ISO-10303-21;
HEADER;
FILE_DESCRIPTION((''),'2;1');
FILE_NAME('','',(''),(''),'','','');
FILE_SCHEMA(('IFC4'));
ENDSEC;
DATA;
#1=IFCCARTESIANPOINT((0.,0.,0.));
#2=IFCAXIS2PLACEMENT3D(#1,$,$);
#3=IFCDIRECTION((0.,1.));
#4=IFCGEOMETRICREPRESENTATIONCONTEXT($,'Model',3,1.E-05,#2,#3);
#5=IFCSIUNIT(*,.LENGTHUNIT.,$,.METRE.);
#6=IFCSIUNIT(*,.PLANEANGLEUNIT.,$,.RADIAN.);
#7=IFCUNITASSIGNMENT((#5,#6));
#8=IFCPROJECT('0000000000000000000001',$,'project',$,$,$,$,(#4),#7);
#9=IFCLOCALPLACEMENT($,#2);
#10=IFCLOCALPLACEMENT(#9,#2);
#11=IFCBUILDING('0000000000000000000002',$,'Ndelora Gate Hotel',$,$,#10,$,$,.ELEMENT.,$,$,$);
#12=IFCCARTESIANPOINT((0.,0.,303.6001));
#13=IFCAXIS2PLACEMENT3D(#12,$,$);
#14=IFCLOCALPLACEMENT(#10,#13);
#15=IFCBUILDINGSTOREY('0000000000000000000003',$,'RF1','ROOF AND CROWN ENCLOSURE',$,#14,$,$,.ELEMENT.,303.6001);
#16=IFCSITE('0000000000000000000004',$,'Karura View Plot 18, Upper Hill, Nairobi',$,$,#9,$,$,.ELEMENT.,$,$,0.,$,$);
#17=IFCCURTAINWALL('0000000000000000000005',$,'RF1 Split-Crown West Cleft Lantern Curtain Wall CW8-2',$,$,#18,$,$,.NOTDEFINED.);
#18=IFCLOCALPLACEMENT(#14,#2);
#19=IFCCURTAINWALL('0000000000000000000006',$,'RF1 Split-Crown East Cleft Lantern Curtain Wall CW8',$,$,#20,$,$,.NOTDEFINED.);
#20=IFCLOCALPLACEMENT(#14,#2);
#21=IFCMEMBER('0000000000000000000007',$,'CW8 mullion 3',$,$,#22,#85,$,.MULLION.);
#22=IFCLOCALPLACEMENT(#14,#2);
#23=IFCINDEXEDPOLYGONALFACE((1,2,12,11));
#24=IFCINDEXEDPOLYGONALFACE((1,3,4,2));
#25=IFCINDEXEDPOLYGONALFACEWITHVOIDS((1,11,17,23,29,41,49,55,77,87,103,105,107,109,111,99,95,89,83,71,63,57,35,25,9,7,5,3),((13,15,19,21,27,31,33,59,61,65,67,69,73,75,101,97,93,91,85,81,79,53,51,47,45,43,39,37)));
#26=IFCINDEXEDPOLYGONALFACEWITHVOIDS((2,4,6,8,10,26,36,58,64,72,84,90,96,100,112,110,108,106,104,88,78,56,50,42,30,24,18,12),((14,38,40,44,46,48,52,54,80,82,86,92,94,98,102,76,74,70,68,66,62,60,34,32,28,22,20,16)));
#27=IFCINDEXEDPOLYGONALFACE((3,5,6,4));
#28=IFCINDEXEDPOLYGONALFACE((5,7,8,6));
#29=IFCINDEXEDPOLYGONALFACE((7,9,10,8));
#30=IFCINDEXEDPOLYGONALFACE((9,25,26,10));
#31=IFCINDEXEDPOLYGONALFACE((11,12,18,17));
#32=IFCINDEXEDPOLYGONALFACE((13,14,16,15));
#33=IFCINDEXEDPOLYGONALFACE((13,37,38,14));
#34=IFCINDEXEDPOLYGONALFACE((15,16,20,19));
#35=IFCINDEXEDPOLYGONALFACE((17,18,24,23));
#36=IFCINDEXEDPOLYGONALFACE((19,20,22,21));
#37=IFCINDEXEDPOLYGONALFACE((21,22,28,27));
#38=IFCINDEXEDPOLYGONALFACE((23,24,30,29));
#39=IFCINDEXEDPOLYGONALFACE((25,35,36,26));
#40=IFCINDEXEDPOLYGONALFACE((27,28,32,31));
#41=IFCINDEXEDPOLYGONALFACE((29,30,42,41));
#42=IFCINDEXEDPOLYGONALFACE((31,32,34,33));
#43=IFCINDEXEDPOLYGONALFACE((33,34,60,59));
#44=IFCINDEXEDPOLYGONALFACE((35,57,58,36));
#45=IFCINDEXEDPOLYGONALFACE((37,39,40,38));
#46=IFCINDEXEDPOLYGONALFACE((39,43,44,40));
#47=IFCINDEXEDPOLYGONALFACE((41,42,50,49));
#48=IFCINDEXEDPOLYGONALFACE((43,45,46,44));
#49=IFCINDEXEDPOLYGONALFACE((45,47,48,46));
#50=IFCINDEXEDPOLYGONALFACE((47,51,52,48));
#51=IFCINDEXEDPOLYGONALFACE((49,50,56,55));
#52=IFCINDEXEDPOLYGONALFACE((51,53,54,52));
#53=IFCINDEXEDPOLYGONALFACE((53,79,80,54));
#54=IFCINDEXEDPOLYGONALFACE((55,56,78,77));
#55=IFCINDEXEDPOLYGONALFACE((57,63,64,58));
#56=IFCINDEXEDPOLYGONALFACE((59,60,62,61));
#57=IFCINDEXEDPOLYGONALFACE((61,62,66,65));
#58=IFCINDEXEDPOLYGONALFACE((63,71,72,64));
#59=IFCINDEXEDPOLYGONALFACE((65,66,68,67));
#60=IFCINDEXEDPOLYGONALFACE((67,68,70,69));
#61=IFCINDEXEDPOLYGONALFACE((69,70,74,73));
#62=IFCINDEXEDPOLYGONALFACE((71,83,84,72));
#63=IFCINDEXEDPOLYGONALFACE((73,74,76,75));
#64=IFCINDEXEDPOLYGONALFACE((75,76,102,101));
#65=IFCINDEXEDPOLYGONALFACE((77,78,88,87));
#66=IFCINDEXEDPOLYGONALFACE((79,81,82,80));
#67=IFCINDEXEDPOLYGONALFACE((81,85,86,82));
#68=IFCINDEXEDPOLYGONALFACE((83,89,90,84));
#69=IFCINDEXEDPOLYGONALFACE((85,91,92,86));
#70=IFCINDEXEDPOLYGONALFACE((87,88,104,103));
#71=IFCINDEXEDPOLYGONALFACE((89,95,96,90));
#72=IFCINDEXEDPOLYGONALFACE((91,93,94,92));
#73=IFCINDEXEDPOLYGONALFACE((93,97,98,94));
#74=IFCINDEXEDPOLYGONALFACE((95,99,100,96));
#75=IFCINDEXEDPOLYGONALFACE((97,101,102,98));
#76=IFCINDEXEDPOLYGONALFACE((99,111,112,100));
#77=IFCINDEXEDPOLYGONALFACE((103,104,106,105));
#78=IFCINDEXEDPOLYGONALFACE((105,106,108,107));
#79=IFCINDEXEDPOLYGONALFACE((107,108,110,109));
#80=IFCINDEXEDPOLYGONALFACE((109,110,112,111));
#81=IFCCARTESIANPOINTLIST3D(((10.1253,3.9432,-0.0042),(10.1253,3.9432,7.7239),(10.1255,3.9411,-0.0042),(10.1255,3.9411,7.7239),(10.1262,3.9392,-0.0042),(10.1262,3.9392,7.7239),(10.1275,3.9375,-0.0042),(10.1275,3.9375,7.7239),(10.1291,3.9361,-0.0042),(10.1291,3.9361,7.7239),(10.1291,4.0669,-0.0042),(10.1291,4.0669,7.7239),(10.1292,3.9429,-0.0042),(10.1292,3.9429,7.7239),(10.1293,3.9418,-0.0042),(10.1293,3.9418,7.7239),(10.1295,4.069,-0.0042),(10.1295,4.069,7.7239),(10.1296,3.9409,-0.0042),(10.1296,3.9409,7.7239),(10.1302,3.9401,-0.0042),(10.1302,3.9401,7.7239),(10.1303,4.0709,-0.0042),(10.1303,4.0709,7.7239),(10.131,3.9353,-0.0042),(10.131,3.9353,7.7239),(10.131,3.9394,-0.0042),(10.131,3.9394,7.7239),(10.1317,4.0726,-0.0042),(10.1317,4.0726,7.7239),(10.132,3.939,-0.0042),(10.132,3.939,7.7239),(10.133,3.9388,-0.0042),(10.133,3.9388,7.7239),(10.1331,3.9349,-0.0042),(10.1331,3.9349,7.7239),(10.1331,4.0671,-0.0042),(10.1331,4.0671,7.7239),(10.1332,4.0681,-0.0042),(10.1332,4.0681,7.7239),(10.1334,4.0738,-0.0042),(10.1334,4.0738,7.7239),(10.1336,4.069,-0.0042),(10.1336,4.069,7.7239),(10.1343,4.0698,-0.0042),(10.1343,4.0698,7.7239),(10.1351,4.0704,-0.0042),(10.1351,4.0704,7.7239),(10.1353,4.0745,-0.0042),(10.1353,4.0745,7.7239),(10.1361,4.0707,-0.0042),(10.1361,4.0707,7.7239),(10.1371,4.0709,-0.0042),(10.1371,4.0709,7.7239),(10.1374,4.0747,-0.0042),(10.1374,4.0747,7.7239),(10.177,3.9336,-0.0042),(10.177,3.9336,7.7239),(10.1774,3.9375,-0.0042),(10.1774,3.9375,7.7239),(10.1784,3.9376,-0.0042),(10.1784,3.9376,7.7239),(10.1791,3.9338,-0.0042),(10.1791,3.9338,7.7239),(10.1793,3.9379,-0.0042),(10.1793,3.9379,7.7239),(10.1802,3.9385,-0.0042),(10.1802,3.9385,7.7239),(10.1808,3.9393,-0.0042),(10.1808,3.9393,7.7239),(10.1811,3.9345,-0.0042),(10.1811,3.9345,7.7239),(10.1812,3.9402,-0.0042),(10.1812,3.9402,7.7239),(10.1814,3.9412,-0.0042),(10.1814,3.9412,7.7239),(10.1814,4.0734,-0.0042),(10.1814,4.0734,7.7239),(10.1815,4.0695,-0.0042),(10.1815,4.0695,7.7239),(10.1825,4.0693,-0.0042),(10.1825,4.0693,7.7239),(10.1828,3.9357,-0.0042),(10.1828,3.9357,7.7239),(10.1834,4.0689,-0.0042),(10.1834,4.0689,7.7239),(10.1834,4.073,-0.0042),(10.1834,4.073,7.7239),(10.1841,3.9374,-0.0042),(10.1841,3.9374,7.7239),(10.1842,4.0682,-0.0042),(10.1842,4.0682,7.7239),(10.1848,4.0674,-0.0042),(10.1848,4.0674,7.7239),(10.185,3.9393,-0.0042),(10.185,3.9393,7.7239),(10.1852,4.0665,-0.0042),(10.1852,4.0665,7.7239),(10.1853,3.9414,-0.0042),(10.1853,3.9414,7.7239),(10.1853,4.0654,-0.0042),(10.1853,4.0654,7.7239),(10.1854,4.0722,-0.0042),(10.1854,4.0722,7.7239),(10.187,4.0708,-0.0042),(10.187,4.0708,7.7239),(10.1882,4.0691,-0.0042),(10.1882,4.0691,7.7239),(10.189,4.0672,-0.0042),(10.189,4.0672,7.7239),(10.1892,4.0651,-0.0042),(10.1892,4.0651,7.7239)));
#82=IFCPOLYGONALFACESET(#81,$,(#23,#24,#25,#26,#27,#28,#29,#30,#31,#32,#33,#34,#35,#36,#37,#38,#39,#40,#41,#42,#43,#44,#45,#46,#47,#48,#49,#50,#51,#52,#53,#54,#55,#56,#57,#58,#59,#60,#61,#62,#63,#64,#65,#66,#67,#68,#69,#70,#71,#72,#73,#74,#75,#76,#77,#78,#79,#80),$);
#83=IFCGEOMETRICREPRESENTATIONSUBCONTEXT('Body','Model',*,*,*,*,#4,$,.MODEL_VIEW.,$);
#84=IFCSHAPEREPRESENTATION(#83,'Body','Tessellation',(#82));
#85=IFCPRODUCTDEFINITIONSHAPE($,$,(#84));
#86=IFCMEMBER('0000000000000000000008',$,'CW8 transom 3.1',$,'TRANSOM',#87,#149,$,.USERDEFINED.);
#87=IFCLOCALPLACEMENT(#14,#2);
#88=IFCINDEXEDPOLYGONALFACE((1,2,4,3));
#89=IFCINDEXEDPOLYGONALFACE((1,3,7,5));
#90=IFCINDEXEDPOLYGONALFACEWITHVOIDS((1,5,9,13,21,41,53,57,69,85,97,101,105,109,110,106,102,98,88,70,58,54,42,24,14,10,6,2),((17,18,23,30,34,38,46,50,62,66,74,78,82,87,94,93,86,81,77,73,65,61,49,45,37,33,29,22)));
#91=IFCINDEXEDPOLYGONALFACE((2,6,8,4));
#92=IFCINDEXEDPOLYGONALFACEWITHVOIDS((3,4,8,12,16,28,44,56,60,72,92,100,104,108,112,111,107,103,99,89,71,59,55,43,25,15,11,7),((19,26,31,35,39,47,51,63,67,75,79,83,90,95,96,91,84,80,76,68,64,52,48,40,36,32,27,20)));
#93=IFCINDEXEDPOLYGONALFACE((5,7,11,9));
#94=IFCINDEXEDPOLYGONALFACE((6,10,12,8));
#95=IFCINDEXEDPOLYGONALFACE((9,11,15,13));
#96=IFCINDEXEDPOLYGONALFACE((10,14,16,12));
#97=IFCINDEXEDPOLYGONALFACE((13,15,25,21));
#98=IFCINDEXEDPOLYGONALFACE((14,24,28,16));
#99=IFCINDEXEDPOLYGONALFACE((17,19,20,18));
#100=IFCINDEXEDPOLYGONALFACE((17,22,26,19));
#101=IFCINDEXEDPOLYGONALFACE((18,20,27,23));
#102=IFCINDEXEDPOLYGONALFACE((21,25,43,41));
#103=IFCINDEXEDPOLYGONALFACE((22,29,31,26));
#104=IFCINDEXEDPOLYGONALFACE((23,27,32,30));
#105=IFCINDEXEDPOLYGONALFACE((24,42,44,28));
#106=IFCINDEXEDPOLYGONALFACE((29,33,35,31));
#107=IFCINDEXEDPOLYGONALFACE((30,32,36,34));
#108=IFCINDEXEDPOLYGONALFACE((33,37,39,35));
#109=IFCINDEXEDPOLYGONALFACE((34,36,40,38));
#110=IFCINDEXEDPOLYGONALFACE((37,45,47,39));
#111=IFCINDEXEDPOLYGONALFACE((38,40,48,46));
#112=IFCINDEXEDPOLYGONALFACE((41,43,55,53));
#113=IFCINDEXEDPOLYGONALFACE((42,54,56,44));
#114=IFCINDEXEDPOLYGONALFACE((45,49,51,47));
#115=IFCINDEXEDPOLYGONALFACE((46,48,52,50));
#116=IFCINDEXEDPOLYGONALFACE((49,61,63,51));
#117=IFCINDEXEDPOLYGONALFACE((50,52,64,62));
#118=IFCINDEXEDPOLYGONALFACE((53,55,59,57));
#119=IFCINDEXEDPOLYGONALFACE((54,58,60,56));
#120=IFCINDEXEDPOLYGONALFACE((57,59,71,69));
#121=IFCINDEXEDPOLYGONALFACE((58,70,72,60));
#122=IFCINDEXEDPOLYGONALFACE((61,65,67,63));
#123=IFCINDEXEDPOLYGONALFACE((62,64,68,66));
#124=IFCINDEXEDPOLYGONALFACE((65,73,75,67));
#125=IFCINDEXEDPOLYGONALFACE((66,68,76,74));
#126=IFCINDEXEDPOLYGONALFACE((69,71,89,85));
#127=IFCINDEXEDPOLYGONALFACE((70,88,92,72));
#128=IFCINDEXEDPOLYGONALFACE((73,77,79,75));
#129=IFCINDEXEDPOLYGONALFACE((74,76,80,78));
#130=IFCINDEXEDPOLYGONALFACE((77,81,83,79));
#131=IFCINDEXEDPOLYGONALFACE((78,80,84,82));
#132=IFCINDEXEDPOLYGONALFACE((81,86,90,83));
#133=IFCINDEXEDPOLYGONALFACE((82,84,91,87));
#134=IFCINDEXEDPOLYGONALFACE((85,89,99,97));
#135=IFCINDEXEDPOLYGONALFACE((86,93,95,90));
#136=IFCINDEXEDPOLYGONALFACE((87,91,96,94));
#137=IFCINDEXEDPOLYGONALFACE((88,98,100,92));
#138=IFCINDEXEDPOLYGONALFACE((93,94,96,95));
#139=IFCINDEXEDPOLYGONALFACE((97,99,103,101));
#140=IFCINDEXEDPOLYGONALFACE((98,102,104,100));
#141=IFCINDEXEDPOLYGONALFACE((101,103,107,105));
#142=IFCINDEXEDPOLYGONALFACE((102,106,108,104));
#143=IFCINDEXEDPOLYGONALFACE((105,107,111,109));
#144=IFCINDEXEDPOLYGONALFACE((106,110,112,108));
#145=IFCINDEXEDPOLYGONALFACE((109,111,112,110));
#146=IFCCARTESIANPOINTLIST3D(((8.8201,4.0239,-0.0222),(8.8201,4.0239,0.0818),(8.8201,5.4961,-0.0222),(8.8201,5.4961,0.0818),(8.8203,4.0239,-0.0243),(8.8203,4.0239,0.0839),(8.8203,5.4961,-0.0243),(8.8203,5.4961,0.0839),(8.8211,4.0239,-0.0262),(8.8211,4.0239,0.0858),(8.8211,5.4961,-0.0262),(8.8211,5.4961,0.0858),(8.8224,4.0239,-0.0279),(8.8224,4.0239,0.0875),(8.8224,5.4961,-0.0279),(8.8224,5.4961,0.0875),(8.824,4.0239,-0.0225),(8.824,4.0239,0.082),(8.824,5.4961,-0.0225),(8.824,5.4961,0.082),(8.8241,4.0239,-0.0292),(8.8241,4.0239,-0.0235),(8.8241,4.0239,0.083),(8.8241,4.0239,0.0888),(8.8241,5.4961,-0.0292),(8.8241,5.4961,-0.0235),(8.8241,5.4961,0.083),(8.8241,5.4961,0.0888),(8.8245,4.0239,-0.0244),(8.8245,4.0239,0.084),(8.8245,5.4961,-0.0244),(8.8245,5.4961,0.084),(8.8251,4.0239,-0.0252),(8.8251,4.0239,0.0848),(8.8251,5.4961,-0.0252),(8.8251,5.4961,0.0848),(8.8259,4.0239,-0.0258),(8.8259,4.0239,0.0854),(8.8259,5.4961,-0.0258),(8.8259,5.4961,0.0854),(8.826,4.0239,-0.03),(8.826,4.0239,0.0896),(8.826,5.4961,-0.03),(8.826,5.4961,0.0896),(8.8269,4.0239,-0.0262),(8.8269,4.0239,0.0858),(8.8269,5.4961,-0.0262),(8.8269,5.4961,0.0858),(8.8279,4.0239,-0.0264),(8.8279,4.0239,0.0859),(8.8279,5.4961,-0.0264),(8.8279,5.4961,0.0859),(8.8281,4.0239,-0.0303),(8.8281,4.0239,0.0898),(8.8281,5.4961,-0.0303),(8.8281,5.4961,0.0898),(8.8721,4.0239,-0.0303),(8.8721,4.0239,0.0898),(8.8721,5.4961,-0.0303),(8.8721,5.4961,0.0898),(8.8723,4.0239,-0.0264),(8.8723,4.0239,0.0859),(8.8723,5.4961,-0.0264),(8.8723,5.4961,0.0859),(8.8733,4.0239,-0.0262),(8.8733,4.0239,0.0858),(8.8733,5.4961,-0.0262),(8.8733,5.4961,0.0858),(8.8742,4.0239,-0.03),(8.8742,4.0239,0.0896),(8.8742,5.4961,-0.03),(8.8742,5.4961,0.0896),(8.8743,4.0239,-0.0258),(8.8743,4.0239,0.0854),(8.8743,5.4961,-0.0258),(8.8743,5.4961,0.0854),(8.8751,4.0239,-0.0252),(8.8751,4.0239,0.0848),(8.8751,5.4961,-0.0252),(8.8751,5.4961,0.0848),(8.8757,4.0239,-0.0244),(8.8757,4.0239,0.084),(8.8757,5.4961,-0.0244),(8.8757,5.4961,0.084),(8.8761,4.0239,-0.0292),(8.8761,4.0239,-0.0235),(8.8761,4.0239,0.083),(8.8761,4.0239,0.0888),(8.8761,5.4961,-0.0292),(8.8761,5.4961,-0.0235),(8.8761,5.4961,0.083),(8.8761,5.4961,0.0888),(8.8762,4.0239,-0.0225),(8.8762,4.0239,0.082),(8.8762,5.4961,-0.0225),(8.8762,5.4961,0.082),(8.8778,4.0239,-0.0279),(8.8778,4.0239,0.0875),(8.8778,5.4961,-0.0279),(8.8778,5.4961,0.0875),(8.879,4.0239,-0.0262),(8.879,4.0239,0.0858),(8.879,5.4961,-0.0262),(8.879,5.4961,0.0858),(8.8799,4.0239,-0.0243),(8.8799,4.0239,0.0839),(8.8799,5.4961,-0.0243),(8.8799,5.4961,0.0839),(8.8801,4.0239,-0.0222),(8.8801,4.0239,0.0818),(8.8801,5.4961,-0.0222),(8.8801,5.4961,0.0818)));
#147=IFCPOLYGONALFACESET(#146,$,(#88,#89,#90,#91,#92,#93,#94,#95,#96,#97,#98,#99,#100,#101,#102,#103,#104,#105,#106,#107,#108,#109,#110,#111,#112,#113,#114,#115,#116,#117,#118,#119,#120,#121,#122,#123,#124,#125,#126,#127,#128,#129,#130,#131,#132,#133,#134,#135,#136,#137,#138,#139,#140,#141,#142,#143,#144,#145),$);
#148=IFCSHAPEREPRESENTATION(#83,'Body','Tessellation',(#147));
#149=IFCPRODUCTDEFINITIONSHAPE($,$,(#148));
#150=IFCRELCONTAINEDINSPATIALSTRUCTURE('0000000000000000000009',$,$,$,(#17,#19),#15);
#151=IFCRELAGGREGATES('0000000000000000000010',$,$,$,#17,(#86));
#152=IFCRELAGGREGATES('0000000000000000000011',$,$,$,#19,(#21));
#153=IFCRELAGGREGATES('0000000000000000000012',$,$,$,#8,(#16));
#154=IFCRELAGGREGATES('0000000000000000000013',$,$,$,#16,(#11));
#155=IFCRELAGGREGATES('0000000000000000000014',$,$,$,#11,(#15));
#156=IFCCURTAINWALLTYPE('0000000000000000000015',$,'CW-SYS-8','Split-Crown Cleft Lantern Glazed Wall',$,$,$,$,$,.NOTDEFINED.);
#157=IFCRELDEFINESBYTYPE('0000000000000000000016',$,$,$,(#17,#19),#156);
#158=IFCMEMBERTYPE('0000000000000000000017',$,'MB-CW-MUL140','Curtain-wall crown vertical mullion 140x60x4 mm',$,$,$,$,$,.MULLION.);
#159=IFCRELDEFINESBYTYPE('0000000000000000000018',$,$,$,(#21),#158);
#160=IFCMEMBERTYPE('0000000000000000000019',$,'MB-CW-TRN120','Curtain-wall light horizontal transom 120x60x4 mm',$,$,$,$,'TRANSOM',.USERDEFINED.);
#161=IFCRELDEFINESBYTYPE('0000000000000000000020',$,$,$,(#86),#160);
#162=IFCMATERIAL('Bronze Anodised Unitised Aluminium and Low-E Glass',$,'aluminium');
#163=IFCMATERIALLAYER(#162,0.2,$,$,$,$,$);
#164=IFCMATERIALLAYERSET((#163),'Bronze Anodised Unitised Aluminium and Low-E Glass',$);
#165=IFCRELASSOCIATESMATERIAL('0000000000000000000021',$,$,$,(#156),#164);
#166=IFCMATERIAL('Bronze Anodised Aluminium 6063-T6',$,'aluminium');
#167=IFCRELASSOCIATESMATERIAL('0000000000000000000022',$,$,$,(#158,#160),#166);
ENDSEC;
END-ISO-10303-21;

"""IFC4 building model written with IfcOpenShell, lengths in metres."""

from ifc_helpers import new_model, si_unit, direction, frame, origin, origin_2d, place, context, subcontext, project, spatial, hollow_rectangle, extrude, material, layer, layer_set, material_profile, profile_set, type_object, element, aggregate, save


model = new_model("IFC4")

# Units and contexts
model_context = context("Model", 3, precision=1e-05, world=origin(), true_north=direction((0.0, 1.0)))
body_context = subcontext(model_context, "Body", "Model", "MODEL_VIEW")
ifc_project = project(units=[si_unit("LENGTHUNIT", "METRE"), si_unit("PLANEANGLEUNIT", "RADIAN")], contexts=[model_context])

# Site, building, storey
site_placement = place(None, origin())
site = spatial("IfcSite", under=ifc_project, at=site_placement, Name="Karura View Plot 18, Upper Hill, Nairobi", CompositionType="ELEMENT", RefElevation=0.0)
building_placement = place(site_placement, origin())
building = spatial("IfcBuilding", under=site, at=building_placement, Name="Ndelora Gate Hotel", CompositionType="ELEMENT")
storey_placement = place(building_placement, frame((0.0, 0.0, 303.6001)))
storey = spatial("IfcBuildingStorey", under=building, at=storey_placement, Name="RF1", Description="ROOF AND CROWN ENCLOSURE", CompositionType="ELEMENT", Elevation=303.6001)

# Curtain walls, member
ifc_material_1 = material(Name="Bronze Anodised Unitised Aluminium and Low-E Glass", Category="aluminium")
ifc_layer_1 = layer(ifc_material_1, 0.2)
ifc_layer_set_1 = layer_set([ifc_layer_1], Name="Bronze Anodised Unitised Aluminium and Low-E Glass")
curtain_wall_type = type_object("IfcCurtainWallType", Name="CW-SYS-8", Description="Split-Crown Cleft Lantern Glazed Wall", PredefinedType="NOTDEFINED", material=ifc_layer_set_1)
curtain_wall_1_placement = place(storey_placement, origin())
curtain_wall_1 = element("IfcCurtainWall", 1, at=curtain_wall_1_placement, inside=storey, type_object=curtain_wall_type, Name="RF1 Split-Crown West Cleft Lantern Curtain Wall CW8-2", PredefinedType="NOTDEFINED")
ifc_material_2 = material(Name="Bronze Anodised Aluminium 6063-T6", Category="aluminium")
ifc_material_profile_1 = material_profile(ifc_material_2, hollow_rectangle(XDim=0.0601, YDim=0.1399, WallThickness=0.0039, InnerFilletRadius=0.0039, OuterFilletRadius=0.0081, at=origin_2d()), Name="ALU 140x60x4")
ifc_profile_set_1 = profile_set([ifc_material_profile_1], Name="Bronze Anodised Aluminium 6063-T6")
member_type_1 = type_object("IfcMemberType", Name="MB-CW-MUL140", Description="Curtain-wall crown vertical mullion 140x60x4 mm", PredefinedType="MULLION", material=ifc_profile_set_1)
curtain_wall_2_placement = place(storey_placement, origin())
curtain_wall_2 = element("IfcCurtainWall", 2, at=curtain_wall_2_placement, inside=storey, type_object=curtain_wall_type, Name="RF1 Split-Crown East Cleft Lantern Curtain Wall CW8", PredefinedType="NOTDEFINED")
member_1_placement = place(storey_placement, frame((10.1572, 4.0042, -0.0042), z_axis=(0.0, 0.0, 1.0), x_axis=(0.999515, -0.031131, 0.0)))
member_1 = element("IfcMember", 3, at=member_1_placement, type_object=member_type_1, Name="CW8 mullion 3", PredefinedType="MULLION", context=body_context, shape_type="SweptSolid", body=[
    extrude(hollow_rectangle(XDim=0.0601, YDim=0.1399, WallThickness=0.0039, InnerFilletRadius=0.0039, OuterFilletRadius=0.0081, at=origin_2d()), origin(), (0.0, 0.0, 1.0), 7.728),
])

# Member
ifc_material_profile_2 = material_profile(ifc_material_2, hollow_rectangle(XDim=0.0601, YDim=0.1201, WallThickness=0.0039, InnerFilletRadius=0.0039, OuterFilletRadius=0.0081, at=origin_2d()), Name="ALU 120x60x4")
ifc_profile_set_2 = profile_set([ifc_material_profile_2], Name="Bronze Anodised Aluminium 6063-T6")
member_type_2 = type_object("IfcMemberType", Name="MB-CW-TRN120", Description="Curtain-wall light horizontal transom 120x60x4 mm", ElementType="TRANSOM", PredefinedType="USERDEFINED", material=ifc_profile_set_2)
member_2_placement = place(storey_placement, frame((8.8501, 4.0239, 0.0298), z_axis=(0.0, 1.0, 0.0), x_axis=(-1.0, 0.0, 0.0)))
member_2 = element("IfcMember", 4, at=member_2_placement, type_object=member_type_2, Name="CW8 transom 3.1", ObjectType="TRANSOM", PredefinedType="USERDEFINED", context=body_context, shape_type="SweptSolid", body=[
    extrude(hollow_rectangle(XDim=0.0601, YDim=0.1201, WallThickness=0.0039, InnerFilletRadius=0.0039, OuterFilletRadius=0.0081, at=origin_2d()), origin(), (0.0, 0.0, 1.0), 1.4722),
])

aggregate(curtain_wall_1, [member_2])
aggregate(curtain_wall_2, [member_1])

save(model, "model.ifc")
